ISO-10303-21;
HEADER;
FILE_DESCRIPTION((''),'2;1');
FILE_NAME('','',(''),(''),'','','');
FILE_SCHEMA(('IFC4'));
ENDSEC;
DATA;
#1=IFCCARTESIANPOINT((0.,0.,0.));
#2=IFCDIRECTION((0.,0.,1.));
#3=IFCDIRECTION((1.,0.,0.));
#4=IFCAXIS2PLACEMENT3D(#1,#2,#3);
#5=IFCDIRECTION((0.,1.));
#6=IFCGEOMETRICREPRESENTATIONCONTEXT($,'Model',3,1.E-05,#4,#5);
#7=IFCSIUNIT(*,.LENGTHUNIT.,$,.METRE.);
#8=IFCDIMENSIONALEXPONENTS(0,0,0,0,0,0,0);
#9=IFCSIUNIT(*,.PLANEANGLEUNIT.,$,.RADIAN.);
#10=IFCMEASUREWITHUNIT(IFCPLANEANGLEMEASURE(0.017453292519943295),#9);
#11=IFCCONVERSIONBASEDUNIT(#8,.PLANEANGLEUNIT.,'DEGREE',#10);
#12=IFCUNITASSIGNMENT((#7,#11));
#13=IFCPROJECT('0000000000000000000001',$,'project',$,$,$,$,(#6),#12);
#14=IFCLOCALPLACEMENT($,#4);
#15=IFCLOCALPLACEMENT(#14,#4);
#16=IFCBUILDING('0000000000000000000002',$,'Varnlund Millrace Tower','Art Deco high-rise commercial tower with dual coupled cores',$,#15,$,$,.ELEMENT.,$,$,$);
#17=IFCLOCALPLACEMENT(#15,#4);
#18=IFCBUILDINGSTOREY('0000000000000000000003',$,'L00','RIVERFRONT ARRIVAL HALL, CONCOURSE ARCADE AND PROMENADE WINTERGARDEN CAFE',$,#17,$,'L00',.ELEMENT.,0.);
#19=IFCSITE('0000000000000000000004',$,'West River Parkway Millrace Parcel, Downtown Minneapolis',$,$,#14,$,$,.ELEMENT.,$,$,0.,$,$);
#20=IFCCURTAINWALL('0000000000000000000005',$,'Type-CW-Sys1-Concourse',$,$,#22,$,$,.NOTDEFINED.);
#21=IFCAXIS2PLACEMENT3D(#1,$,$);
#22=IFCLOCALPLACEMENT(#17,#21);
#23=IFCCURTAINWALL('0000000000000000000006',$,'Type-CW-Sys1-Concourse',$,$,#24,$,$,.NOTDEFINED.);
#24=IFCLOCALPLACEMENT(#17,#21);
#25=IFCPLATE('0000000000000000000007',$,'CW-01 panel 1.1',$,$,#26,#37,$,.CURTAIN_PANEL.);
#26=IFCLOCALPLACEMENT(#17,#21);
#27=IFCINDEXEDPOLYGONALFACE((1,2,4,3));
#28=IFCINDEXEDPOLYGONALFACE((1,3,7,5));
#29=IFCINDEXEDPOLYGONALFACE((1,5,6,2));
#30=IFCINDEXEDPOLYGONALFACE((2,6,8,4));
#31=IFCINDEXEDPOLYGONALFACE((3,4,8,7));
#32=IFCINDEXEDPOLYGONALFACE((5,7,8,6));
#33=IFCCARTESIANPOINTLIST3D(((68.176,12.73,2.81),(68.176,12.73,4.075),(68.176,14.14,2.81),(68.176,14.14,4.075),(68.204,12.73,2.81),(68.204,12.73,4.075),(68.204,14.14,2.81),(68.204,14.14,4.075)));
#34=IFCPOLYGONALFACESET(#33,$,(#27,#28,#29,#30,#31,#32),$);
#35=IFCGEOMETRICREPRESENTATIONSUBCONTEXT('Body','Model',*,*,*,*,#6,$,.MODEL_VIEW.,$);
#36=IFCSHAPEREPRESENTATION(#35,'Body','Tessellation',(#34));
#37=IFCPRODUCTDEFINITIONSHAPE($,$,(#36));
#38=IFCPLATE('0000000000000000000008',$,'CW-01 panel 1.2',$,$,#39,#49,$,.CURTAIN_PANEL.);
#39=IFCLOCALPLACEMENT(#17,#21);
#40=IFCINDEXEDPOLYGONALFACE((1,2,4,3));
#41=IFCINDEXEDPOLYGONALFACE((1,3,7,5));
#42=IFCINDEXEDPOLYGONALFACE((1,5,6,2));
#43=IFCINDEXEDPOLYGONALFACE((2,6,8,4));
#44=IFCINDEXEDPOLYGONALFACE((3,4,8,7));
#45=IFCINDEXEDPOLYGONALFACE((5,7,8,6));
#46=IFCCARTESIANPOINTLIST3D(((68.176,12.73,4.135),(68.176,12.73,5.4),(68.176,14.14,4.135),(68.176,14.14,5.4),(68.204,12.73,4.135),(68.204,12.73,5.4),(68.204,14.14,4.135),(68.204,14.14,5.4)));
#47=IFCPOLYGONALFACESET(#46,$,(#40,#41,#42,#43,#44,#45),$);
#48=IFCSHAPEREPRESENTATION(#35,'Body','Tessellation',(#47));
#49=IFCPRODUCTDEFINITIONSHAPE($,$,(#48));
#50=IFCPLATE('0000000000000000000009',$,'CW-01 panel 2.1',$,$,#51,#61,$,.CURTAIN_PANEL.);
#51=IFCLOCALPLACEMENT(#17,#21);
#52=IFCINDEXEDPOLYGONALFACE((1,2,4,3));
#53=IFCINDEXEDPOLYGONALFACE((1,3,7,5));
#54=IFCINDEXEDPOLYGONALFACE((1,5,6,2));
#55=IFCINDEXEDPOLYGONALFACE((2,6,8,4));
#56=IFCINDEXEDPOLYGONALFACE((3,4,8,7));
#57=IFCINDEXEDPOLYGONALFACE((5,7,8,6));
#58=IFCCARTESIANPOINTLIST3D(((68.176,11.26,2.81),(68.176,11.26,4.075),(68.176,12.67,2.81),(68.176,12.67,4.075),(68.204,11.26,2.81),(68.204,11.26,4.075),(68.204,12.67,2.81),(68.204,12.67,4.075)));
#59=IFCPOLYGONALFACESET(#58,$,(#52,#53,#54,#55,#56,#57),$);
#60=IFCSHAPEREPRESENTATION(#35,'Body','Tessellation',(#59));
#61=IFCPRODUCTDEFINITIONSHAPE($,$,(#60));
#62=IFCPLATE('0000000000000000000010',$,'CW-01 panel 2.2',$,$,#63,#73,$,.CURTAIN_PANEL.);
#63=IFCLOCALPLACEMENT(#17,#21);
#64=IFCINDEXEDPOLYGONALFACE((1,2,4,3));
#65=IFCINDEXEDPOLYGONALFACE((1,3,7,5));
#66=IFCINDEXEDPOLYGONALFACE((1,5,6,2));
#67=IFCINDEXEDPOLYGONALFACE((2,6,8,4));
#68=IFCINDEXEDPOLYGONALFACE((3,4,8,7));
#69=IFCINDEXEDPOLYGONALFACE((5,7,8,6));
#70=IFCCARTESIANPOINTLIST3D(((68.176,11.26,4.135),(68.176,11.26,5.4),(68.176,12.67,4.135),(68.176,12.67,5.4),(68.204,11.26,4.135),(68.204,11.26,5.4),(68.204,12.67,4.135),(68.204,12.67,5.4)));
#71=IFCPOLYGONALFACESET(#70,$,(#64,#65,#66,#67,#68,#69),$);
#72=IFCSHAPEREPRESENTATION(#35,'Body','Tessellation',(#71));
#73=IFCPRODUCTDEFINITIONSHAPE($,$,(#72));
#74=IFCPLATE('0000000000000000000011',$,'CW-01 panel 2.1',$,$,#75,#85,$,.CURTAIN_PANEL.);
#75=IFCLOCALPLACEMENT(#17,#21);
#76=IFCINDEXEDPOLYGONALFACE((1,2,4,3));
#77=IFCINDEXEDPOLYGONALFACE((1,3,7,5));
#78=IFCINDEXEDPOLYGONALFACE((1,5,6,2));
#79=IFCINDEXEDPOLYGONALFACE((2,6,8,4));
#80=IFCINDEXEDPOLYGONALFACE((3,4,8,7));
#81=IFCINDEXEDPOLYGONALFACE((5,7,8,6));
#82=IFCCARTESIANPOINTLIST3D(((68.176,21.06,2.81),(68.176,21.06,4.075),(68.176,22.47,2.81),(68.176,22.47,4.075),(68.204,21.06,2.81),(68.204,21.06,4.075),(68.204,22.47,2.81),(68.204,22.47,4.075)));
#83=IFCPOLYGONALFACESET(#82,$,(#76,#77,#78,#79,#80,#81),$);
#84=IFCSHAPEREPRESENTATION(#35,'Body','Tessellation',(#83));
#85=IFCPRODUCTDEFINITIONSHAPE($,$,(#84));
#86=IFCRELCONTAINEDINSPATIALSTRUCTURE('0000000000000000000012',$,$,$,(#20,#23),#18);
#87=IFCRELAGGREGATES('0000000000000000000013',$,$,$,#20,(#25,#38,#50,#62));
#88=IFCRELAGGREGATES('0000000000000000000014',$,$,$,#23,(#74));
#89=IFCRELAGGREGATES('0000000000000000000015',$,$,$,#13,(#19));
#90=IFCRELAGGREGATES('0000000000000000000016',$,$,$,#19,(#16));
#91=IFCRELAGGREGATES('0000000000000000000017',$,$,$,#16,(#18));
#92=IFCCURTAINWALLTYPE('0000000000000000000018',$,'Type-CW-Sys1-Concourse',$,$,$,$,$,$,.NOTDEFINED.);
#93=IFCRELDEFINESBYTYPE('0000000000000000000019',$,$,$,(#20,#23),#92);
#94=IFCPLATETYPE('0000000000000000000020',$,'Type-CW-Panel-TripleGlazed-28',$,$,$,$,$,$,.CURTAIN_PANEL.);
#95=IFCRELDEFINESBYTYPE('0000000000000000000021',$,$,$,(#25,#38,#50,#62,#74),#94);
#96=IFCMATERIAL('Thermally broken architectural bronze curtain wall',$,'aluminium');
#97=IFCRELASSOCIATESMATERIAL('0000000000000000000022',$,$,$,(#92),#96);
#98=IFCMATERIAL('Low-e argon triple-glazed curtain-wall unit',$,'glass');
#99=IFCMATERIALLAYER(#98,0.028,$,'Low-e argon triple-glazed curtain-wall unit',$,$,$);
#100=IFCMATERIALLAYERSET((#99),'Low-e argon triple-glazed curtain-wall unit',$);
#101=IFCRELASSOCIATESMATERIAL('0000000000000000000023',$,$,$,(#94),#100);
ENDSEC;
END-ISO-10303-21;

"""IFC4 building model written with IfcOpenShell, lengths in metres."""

from ifc_helpers import new_model, entity, si_unit, converted_unit, direction, frame, origin_with_axes, origin_2d_with_axis, place, context, subcontext, project, spatial, rectangle, extrude, material, layer, layer_set, type_object, element, aggregate, save


model = new_model("IFC4")

# Units and contexts
model_context = context("Model", 3, precision=1e-05, world=origin_with_axes(), true_north=direction((0.0, 1.0)))
body_context = subcontext(model_context, "Body", "Model", "MODEL_VIEW")
ifc_project = project(units=[si_unit("LENGTHUNIT", "METRE"), converted_unit("PLANEANGLEUNIT", "DEGREE", entity("IfcPlaneAngleMeasure", 0.017453292519943295), si_unit("PLANEANGLEUNIT", "RADIAN"), dimensions=[0, 0, 0, 0, 0, 0, 0])], contexts=[model_context])

# Site, building, storey
site_placement = place(None, origin_with_axes())
site = spatial("IfcSite", under=ifc_project, at=site_placement, Name="West River Parkway Millrace Parcel, Downtown Minneapolis", CompositionType="ELEMENT", RefElevation=0.0)
building_placement = place(site_placement, origin_with_axes())
building = spatial("IfcBuilding", under=site, at=building_placement, Name="Varnlund Millrace Tower", Description="Art Deco high-rise commercial tower with dual coupled cores", CompositionType="ELEMENT")
storey_placement = place(building_placement, origin_with_axes())
storey = spatial("IfcBuildingStorey", under=building, at=storey_placement, Name="L00", Description="RIVERFRONT ARRIVAL HALL, CONCOURSE ARCADE AND PROMENADE WINTERGARDEN CAFE", LongName="L00", CompositionType="ELEMENT", Elevation=0.0)

# Curtain wall
ifc_material_1 = material(Name="Thermally broken architectural bronze curtain wall", Category="aluminium")
curtain_wall_type = type_object("IfcCurtainWallType", Name="Type-CW-Sys1-Concourse", PredefinedType="NOTDEFINED", material=ifc_material_1)
curtain_wall_1_placement = place(storey_placement, frame((68.19, 14.2, 2.75), z_axis=(0.0, 0.0, 1.0), x_axis=(1.0, 0.0, 0.0)))
curtain_wall_1 = element("IfcCurtainWall", 1, at=curtain_wall_1_placement, inside=storey, type_object=curtain_wall_type, Name="Type-CW-Sys1-Concourse", PredefinedType="NOTDEFINED")

# Curtain wall
curtain_wall_2_placement = place(storey_placement, frame((68.19, 24.0, 2.75), z_axis=(0.0, 0.0, 1.0), x_axis=(1.0, 0.0, 0.0)))
curtain_wall_2 = element("IfcCurtainWall", 2, at=curtain_wall_2_placement, inside=storey, type_object=curtain_wall_type, Name="Type-CW-Sys1-Concourse", PredefinedType="NOTDEFINED")

# Plates
ifc_material_2 = material(Name="Low-e argon triple-glazed curtain-wall unit", Category="glass")
ifc_layer = layer(ifc_material_2, 0.028, Name="Low-e argon triple-glazed curtain-wall unit")
ifc_layer_set = layer_set([ifc_layer], Name="Low-e argon triple-glazed curtain-wall unit")
plate_type = type_object("IfcPlateType", Name="Type-CW-Panel-TripleGlazed-28", PredefinedType="CURTAIN_PANEL", material=ifc_layer_set)
plate_1_placement = place(storey_placement, frame((68.19, 13.435, 2.81), z_axis=(0.0, 0.0, 1.0), x_axis=(0.0, -1.0, 0.0)))
plate_1 = element("IfcPlate", 3, at=plate_1_placement, type_object=plate_type, Name="CW-01 panel 1.1", PredefinedType="CURTAIN_PANEL", context=body_context, shape_type="SweptSolid", body=[
    extrude(rectangle(XDim=1.41, YDim=0.028, at=origin_2d_with_axis()), origin_with_axes(), (0.0, 0.0, 1.0), 1.265),
])
plate_2_placement = place(storey_placement, frame((68.19, 13.435, 4.135), z_axis=(0.0, 0.0, 1.0), x_axis=(0.0, -1.0, 0.0)))
plate_2 = element("IfcPlate", 4, at=plate_2_placement, type_object=plate_type, Name="CW-01 panel 1.2", PredefinedType="CURTAIN_PANEL", context=body_context, shape_type="SweptSolid", body=[
    extrude(rectangle(XDim=1.41, YDim=0.028, at=origin_2d_with_axis()), origin_with_axes(), (0.0, 0.0, 1.0), 1.265),
])
plate_3_placement = place(storey_placement, frame((68.19, 11.965, 2.81), z_axis=(0.0, 0.0, 1.0), x_axis=(0.0, -1.0, 0.0)))
plate_3 = element("IfcPlate", 5, at=plate_3_placement, type_object=plate_type, Name="CW-01 panel 2.1", PredefinedType="CURTAIN_PANEL", context=body_context, shape_type="SweptSolid", body=[
    extrude(rectangle(XDim=1.41, YDim=0.028, at=origin_2d_with_axis()), origin_with_axes(), (0.0, 0.0, 1.0), 1.265),
])
plate_4_placement = place(storey_placement, frame((68.19, 11.965, 4.135), z_axis=(0.0, 0.0, 1.0), x_axis=(0.0, -1.0, 0.0)))
plate_4 = element("IfcPlate", 6, at=plate_4_placement, type_object=plate_type, Name="CW-01 panel 2.2", PredefinedType="CURTAIN_PANEL", context=body_context, shape_type="SweptSolid", body=[
    extrude(rectangle(XDim=1.41, YDim=0.028, at=origin_2d_with_axis()), origin_with_axes(), (0.0, 0.0, 1.0), 1.265),
])
aggregate(curtain_wall_1, [plate_1, plate_2, plate_3, plate_4])
plate_5_placement = place(storey_placement, frame((68.19, 21.765, 2.81), z_axis=(0.0, 0.0, 1.0), x_axis=(0.0, -1.0, 0.0)))
plate_5 = element("IfcPlate", 7, at=plate_5_placement, type_object=plate_type, Name="CW-01 panel 2.1", PredefinedType="CURTAIN_PANEL", context=body_context, shape_type="SweptSolid", body=[
    extrude(rectangle(XDim=1.41, YDim=0.028, at=origin_2d_with_axis()), origin_with_axes(), (0.0, 0.0, 1.0), 1.265),
])
aggregate(curtain_wall_2, [plate_5])

save(model, "model.ifc")
